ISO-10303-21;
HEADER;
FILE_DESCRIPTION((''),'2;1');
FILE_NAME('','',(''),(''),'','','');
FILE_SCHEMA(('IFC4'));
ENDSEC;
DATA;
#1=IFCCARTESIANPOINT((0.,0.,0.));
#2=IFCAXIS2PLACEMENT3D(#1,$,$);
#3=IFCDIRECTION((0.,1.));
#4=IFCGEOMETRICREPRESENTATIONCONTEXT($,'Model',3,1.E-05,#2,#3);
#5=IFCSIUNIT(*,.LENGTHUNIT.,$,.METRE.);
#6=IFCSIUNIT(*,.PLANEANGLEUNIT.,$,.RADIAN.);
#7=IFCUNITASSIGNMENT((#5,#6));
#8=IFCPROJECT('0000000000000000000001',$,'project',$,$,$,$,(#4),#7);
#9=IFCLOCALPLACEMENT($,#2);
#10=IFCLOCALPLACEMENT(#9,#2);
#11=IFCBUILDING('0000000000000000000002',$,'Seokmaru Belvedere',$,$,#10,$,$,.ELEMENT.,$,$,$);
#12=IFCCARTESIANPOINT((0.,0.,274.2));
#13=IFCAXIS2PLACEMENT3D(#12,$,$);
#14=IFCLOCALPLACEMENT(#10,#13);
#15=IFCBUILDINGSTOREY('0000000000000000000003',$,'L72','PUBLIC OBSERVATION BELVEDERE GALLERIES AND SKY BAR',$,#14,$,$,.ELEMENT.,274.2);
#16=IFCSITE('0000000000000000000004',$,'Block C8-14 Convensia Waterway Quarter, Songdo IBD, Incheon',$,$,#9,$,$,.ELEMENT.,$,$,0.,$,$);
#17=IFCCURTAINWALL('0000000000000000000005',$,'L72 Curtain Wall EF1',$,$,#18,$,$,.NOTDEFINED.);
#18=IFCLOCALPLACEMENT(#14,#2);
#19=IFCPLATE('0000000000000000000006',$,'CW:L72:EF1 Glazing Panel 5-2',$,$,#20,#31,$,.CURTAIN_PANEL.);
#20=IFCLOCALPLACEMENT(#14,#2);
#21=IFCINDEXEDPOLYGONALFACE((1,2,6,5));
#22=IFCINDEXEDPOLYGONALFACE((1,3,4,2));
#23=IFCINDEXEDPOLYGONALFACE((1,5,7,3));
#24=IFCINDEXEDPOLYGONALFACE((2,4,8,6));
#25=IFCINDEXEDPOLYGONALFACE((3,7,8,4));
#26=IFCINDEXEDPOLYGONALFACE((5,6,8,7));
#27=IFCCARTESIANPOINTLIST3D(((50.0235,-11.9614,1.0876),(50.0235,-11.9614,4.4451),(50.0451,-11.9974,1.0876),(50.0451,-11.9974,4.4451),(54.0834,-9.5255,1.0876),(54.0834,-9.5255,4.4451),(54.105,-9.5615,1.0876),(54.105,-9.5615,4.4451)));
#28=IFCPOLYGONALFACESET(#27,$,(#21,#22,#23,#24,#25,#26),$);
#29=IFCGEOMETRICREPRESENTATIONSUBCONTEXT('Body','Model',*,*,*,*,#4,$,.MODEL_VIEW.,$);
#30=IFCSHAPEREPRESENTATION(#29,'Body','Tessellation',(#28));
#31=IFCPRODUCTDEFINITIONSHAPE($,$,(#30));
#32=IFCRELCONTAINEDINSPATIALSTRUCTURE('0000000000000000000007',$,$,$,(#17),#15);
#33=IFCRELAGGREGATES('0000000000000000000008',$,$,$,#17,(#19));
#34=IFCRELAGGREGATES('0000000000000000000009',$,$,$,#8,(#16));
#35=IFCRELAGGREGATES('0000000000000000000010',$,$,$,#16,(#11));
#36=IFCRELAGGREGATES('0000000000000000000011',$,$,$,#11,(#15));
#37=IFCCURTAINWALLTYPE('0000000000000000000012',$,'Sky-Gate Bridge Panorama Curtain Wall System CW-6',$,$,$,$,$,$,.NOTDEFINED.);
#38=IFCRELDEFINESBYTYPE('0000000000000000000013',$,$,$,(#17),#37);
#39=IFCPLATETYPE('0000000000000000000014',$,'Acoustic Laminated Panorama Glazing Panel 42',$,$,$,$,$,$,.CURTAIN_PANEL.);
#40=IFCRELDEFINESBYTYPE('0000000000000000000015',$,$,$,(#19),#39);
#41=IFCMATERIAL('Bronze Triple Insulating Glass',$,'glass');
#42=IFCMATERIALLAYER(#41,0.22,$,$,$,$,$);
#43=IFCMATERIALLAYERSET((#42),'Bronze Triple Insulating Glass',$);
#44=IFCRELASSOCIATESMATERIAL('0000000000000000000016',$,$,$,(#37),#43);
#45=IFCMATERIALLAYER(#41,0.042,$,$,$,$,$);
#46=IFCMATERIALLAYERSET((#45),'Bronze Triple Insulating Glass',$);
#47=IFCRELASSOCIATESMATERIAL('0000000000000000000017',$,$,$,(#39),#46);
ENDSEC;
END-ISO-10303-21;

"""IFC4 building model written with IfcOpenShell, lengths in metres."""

from ifc_helpers import new_model, si_unit, direction, frame, origin, origin_2d, place, context, subcontext, project, spatial, rectangle, extrude, source, transform, mapped, material, layer, layer_set, type_object, type_shapes, element, aggregate, save


model = new_model("IFC4")

# Units and contexts
model_context = context("Model", 3, precision=1e-05, world=origin(), true_north=direction((0.0, 1.0)))
body_context = subcontext(model_context, "Body", "Model", "MODEL_VIEW")
ifc_project = project(units=[si_unit("LENGTHUNIT", "METRE"), si_unit("PLANEANGLEUNIT", "RADIAN")], contexts=[model_context])

# Site, building, storey
site_placement = place(None, origin())
site = spatial("IfcSite", under=ifc_project, at=site_placement, Name="Block C8-14 Convensia Waterway Quarter, Songdo IBD, Incheon", CompositionType="ELEMENT", RefElevation=0.0)
building_placement = place(site_placement, origin())
building = spatial("IfcBuilding", under=site, at=building_placement, Name="Seokmaru Belvedere", CompositionType="ELEMENT")
storey_placement = place(building_placement, frame((0.0, 0.0, 274.2)))
storey = spatial("IfcBuildingStorey", under=building, at=storey_placement, Name="L72", Description="PUBLIC OBSERVATION BELVEDERE GALLERIES AND SKY BAR", CompositionType="ELEMENT", Elevation=274.2)

# Curtain wall, plate
ifc_material_1 = material(Name="Bronze Triple Insulating Glass", Category="glass")
ifc_layer_1 = layer(ifc_material_1, 0.22)
ifc_layer_set_1 = layer_set([ifc_layer_1], Name="Bronze Triple Insulating Glass")
curtain_wall_type = type_object("IfcCurtainWallType", Name="Sky-Gate Bridge Panorama Curtain Wall System CW-6", PredefinedType="NOTDEFINED", material=ifc_layer_set_1)
curtain_wall_placement = place(storey_placement, origin())
curtain_wall = element("IfcCurtainWall", 1, at=curtain_wall_placement, inside=storey, type_object=curtain_wall_type, Name="L72 Curtain Wall EF1", PredefinedType="NOTDEFINED")
ifc_layer_2 = layer(ifc_material_1, 0.042)
ifc_layer_set_2 = layer_set([ifc_layer_2], Name="Bronze Triple Insulating Glass")
plate_type_1 = type_object("IfcPlateType", Name="Acoustic Laminated Panorama Glazing Panel 42", PredefinedType="CURTAIN_PANEL", material=ifc_layer_set_2)
shared_shape_1 = source(origin(), body_context, "Body", "SweptSolid", [
    extrude(rectangle(XDim=4.7346, YDim=0.042, at=origin_2d()), origin(), (0.0, 0.0, 1.0), 3.3574),
])
type_shapes(plate_type_1, [shared_shape_1])
plate_1_placement = place(storey_placement, frame((52.0642, -10.7615, 1.0876), z_axis=(0.0, 0.0, 1.0), x_axis=(0.857493, 0.514495, 0.0)))
plate_1 = element("IfcPlate", 2, at=plate_1_placement, type_object=plate_type_1, Name="CW:L72:EF1 Glazing Panel 5-2", PredefinedType="CURTAIN_PANEL", context=body_context, shape_type="MappedRepresentation", body=[
    mapped(shared_shape_1, transform((0.0, 0.0, 0.0), scale=1.0)),
])
aggregate(curtain_wall, [plate_1])

save(model, "model.ifc")
